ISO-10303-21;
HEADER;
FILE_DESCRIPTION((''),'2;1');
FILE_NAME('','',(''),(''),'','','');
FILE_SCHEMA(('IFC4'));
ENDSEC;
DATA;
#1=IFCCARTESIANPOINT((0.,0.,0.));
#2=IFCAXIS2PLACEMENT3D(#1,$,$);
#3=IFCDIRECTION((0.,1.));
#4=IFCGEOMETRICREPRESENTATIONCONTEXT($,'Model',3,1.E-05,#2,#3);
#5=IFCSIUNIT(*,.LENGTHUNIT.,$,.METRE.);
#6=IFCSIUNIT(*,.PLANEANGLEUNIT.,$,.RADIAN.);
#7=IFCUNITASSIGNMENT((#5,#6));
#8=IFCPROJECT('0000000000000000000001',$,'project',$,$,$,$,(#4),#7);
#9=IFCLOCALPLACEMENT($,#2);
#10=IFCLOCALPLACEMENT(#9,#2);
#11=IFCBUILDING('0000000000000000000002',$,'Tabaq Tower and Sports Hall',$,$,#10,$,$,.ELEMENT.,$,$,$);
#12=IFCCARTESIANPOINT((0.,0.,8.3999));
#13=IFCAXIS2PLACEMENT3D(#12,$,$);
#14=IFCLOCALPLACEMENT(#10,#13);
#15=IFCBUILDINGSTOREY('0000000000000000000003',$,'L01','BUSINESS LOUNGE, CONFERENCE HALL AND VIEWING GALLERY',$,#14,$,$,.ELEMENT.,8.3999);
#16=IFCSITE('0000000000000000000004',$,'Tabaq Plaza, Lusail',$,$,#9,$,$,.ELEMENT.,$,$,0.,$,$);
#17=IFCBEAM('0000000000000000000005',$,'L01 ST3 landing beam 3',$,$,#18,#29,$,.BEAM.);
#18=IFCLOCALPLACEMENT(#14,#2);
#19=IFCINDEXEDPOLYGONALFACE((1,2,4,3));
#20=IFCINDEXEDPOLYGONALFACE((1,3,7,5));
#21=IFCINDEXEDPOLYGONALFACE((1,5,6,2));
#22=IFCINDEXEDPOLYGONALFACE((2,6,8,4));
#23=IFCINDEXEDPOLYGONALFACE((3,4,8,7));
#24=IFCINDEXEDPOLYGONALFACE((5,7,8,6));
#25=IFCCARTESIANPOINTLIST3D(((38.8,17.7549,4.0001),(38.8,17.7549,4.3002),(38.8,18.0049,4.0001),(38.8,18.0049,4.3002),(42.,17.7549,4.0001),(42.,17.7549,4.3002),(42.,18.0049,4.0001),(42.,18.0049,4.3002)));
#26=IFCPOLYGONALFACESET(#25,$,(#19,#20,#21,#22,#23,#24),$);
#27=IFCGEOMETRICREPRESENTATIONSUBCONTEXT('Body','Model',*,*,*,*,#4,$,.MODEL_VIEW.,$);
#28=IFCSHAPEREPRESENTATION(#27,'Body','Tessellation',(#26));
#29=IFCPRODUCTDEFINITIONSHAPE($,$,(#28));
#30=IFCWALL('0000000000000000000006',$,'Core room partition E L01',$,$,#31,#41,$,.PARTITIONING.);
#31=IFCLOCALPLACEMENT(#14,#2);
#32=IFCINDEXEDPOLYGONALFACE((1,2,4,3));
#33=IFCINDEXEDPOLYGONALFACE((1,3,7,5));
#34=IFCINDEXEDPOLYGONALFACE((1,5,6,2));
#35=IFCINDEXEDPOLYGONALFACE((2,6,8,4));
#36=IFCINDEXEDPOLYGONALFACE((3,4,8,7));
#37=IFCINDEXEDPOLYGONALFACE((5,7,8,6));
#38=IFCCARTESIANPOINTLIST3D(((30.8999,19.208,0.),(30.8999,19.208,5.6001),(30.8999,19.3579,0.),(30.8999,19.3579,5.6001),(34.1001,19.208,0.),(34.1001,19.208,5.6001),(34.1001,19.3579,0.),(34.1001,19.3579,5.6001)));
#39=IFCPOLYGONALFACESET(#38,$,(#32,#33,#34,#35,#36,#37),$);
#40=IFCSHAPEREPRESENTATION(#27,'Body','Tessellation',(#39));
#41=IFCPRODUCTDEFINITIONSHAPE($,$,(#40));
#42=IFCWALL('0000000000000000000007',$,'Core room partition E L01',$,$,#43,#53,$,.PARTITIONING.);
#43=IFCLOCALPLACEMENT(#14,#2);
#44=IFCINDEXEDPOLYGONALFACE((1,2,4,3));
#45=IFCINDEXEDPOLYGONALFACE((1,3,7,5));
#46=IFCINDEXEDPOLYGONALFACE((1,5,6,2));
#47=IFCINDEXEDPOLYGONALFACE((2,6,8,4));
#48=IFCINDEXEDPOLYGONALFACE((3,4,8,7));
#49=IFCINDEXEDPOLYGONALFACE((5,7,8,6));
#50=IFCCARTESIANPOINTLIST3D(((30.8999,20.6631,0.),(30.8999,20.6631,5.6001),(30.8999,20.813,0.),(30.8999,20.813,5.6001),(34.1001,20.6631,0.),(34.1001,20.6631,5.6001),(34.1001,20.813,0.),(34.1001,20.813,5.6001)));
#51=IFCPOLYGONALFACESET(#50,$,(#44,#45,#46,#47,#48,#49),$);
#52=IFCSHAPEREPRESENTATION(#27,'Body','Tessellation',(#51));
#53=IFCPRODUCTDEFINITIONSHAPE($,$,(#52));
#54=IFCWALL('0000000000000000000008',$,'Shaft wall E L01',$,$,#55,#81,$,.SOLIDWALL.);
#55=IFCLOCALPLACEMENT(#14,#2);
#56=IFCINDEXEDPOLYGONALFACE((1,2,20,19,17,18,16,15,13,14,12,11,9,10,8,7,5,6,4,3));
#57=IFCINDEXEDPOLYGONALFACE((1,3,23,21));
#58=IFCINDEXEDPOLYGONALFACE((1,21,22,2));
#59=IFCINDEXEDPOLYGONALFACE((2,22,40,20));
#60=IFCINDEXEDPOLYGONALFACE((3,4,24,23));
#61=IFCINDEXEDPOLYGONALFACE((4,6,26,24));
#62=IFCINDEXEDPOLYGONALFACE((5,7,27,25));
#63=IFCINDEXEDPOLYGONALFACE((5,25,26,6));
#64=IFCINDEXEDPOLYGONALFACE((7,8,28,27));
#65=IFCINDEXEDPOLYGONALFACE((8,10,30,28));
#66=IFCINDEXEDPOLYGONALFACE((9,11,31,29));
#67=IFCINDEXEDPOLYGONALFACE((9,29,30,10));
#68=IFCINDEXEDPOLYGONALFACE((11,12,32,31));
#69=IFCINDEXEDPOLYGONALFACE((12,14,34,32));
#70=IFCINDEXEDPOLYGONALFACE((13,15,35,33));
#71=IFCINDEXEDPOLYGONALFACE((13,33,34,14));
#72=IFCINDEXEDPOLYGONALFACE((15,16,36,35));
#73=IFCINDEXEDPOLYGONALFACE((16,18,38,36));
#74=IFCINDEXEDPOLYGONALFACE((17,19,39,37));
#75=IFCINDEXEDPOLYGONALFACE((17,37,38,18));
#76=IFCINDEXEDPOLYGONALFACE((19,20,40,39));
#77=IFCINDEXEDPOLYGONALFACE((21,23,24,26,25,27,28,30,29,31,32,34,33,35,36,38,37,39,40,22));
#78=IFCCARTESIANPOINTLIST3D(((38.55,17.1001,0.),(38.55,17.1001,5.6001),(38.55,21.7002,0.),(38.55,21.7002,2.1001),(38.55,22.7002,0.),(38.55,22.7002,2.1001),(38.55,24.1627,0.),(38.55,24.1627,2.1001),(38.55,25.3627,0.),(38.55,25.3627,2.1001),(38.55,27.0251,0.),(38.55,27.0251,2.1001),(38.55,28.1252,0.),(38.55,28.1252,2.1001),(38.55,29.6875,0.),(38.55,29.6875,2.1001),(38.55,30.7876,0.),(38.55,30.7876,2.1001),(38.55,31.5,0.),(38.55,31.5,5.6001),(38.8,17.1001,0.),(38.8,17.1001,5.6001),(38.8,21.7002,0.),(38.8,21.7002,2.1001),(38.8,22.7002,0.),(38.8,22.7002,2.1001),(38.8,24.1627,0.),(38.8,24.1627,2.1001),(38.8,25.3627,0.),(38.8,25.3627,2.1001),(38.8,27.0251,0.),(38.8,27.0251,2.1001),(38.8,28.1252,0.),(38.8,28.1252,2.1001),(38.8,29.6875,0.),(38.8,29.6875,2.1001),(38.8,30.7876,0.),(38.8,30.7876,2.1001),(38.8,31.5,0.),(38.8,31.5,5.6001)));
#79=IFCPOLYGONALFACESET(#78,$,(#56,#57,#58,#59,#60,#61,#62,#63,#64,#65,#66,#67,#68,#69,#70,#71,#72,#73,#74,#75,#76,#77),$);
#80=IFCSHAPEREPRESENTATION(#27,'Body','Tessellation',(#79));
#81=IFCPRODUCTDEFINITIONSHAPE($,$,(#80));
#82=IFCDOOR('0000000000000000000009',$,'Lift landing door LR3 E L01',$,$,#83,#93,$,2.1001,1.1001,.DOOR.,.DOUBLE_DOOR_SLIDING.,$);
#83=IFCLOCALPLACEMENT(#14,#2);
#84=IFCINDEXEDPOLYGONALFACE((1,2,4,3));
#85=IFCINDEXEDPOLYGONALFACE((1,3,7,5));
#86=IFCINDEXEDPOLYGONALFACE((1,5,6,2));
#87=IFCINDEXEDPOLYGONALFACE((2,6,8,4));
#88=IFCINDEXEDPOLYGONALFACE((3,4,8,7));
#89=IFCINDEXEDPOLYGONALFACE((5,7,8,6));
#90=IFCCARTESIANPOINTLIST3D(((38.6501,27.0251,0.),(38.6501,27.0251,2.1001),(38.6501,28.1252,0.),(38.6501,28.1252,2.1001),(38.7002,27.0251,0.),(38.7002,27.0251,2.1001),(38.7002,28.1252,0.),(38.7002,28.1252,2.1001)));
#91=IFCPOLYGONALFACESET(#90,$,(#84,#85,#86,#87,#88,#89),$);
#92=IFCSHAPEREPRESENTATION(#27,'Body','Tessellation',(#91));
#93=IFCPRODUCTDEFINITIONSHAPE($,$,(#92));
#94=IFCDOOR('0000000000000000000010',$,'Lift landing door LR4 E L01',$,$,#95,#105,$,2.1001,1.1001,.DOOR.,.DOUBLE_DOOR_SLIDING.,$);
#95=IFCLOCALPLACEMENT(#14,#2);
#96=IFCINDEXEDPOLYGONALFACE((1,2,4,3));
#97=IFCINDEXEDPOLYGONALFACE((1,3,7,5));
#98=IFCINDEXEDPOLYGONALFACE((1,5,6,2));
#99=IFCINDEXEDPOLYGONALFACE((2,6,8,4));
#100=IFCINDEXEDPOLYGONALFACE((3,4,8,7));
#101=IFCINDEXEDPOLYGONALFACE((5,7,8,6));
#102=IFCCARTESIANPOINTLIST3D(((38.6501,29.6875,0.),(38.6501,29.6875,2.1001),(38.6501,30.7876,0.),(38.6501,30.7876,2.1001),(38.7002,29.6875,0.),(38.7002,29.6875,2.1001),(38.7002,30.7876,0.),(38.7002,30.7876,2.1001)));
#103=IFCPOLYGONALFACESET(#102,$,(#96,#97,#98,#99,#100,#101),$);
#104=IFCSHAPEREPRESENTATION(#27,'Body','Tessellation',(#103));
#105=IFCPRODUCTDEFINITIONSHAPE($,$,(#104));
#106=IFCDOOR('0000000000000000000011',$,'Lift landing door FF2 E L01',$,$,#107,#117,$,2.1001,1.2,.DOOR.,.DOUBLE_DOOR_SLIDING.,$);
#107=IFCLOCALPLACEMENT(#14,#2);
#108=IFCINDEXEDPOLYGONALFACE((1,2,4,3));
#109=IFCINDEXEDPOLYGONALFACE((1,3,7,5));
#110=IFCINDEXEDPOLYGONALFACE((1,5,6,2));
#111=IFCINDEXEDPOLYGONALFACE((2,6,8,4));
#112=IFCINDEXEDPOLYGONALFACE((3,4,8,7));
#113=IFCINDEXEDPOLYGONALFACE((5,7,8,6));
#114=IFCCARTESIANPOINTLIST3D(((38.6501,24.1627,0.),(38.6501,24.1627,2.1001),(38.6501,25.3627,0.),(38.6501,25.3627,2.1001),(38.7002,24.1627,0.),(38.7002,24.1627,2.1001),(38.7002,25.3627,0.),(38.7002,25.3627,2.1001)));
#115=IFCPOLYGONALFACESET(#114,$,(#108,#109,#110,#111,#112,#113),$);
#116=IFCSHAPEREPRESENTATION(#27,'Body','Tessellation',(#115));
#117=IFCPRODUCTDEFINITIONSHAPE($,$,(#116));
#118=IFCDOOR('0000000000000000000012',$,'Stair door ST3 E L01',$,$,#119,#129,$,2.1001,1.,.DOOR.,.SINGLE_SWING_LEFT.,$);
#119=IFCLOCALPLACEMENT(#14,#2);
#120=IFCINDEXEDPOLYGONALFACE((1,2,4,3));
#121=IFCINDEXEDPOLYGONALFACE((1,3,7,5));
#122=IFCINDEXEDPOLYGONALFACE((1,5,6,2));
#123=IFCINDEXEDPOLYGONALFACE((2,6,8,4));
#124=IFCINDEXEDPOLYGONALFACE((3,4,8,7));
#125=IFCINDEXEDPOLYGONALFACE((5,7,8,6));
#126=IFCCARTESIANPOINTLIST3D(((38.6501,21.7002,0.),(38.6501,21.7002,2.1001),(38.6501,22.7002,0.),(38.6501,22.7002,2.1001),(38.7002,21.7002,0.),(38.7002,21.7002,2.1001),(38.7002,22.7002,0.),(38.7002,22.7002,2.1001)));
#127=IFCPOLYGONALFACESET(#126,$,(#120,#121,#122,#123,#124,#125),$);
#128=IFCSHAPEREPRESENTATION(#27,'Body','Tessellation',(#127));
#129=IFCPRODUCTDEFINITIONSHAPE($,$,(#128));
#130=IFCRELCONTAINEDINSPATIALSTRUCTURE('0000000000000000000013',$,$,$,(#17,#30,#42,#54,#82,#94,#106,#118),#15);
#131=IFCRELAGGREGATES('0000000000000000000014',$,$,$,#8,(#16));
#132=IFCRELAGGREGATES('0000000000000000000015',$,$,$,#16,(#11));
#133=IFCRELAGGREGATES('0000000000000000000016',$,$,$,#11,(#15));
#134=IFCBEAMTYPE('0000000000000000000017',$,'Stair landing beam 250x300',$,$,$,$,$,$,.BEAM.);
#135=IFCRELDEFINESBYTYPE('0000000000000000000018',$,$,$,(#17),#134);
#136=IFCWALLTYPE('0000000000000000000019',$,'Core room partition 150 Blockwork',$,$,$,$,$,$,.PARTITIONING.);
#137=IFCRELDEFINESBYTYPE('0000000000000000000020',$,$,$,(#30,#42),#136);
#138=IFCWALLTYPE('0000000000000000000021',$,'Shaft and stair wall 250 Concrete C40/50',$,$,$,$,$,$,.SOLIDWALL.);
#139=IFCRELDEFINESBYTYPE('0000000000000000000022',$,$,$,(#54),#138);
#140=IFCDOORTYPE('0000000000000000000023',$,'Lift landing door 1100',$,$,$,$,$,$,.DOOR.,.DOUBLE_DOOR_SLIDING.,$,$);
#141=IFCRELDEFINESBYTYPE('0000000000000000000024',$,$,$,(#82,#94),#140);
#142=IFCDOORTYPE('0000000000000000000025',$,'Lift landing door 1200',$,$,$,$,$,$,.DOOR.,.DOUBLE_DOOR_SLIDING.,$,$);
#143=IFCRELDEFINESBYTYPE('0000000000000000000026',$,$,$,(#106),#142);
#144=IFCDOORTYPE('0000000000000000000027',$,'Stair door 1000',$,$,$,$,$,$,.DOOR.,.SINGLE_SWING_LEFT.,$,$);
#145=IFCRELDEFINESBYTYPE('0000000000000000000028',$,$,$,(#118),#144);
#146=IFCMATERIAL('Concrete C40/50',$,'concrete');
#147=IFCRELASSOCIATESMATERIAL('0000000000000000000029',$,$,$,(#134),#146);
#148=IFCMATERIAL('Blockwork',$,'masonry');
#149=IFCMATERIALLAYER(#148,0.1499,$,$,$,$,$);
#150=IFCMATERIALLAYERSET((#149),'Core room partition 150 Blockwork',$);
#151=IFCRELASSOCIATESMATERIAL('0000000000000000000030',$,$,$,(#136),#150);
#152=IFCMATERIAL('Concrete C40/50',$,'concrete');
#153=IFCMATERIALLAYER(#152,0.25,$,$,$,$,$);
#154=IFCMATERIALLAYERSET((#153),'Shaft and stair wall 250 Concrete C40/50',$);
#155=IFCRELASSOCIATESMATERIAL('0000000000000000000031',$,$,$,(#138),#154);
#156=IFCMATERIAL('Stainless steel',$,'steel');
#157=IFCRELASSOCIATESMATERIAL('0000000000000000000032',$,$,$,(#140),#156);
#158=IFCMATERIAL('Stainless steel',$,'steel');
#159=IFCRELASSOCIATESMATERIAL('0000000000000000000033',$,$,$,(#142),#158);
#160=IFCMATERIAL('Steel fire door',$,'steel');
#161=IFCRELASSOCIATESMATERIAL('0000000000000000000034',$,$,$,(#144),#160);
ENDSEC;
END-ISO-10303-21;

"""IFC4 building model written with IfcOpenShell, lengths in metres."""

from ifc_helpers import new_model, si_unit, direction, frame, frame_2d, origin, origin_2d, place, context, subcontext, project, spatial, rectangle, extrude, material, layer, layer_set, material_profile, profile_set, type_object, element, fill, save


model = new_model("IFC4")

# Units and contexts
model_context = context("Model", 3, precision=1e-05, world=origin(), true_north=direction((0.0, 1.0)))
body_context = subcontext(model_context, "Body", "Model", "MODEL_VIEW")
ifc_project = project(units=[si_unit("LENGTHUNIT", "METRE"), si_unit("PLANEANGLEUNIT", "RADIAN")], contexts=[model_context])

# Site, building, storey
site_placement = place(None, origin())
site = spatial("IfcSite", under=ifc_project, at=site_placement, Name="Tabaq Plaza, Lusail", CompositionType="ELEMENT", RefElevation=0.0)
building_placement = place(site_placement, origin())
building = spatial("IfcBuilding", under=site, at=building_placement, Name="Tabaq Tower and Sports Hall", CompositionType="ELEMENT")
storey_placement = place(building_placement, frame((0.0, 0.0, 8.3999)))
storey = spatial("IfcBuildingStorey", under=building, at=storey_placement, Name="L01", Description="BUSINESS LOUNGE, CONFERENCE HALL AND VIEWING GALLERY", CompositionType="ELEMENT", Elevation=8.3999)

# Beam
ifc_material_1 = material(Name="Concrete C40/50", Category="concrete")
ifc_material_profile = material_profile(ifc_material_1, rectangle(XDim=0.25, YDim=0.3, at=origin_2d()), Name="RC 250x300")
ifc_profile_set = profile_set([ifc_material_profile], Name="Concrete C40/50")
beam_type = type_object("IfcBeamType", Name="Stair landing beam 250x300", PredefinedType="BEAM", material=ifc_profile_set)
beam_placement = place(storey_placement, frame((38.8, 17.8799, 4.1501), z_axis=(1.0, 0.0, 0.0), x_axis=(0.0, 1.0, 0.0)))
element("IfcBeam", 1, at=beam_placement, inside=storey, type_object=beam_type, Name="L01 ST3 landing beam 3", PredefinedType="BEAM", context=body_context, shape_type="SweptSolid", body=[
    extrude(rectangle(XDim=0.25, YDim=0.3, at=origin_2d()), origin(), (0.0, 0.0, 1.0), 3.2),
])

# Walls
ifc_material_2 = material(Name="Blockwork", Category="masonry")
ifc_layer_1 = layer(ifc_material_2, 0.1499)
ifc_layer_set_1 = layer_set([ifc_layer_1], Name="Core room partition 150 Blockwork")
wall_type_1 = type_object("IfcWallType", Name="Core room partition 150 Blockwork", PredefinedType="PARTITIONING", material=ifc_layer_set_1)
for number, where, z_axis, x_axis, name in (
    (2, (30.8999, 19.283, 0.0), (0.0, 0.0, 1.0), (1.0, 0.0, 0.0), "Core room partition E L01"),
    (3, (30.8999, 20.738, 0.0), (0.0, 0.0, 1.0), (1.0, 0.0, 0.0), "Core room partition E L01"),
):
    element("IfcWall", number, at=place(storey_placement, frame(where, z_axis=z_axis, x_axis=x_axis)), inside=storey, type_object=wall_type_1, Name=name, PredefinedType="PARTITIONING", context=body_context, shape_type="SweptSolid", body=[
        extrude(rectangle(XDim=3.2002, YDim=0.1499, at=frame_2d((1.6001, 0.0))), origin(), (0.0, 0.0, 1.0), 5.6001),
    ])

# Wall, openings, doors
ifc_material_3 = material(Name="Concrete C40/50", Category="concrete")
ifc_layer_2 = layer(ifc_material_3, 0.25)
ifc_layer_set_2 = layer_set([ifc_layer_2], Name="Shaft and stair wall 250 Concrete C40/50")
wall_type_2 = type_object("IfcWallType", Name="Shaft and stair wall 250 Concrete C40/50", PredefinedType="SOLIDWALL", material=ifc_layer_set_2)
wall_1_placement = place(storey_placement, frame((38.675, 17.1001, 0.0), z_axis=(0.0, 0.0, 1.0), x_axis=(0.0, 1.0, 0.0)))
wall_1 = element("IfcWall", 4, at=wall_1_placement, inside=storey, type_object=wall_type_2, Name="Shaft wall E L01", PredefinedType="SOLIDWALL", context=body_context, shape_type="SweptSolid", body=[
    extrude(rectangle(XDim=14.3999, YDim=0.25, at=frame_2d((7.2, 0.0))), origin(), (0.0, 0.0, 1.0), 5.6001),
])
opening_1_placement = place(wall_1_placement, frame((4.6001, 0.0, 0.0)))
opening_1 = element("IfcOpeningElement", 5, at=opening_1_placement, cuts=wall_1, PredefinedType="OPENING", context=body_context, shape_type="SweptSolid", body=[
    extrude(rectangle(XDim=1.0, YDim=2.1001, at=frame_2d((0.5, 1.05))), frame((0.0, 0.125, 0.0), z_axis=(0.0, -1.0, 0.0), x_axis=(1.0, 0.0, 0.0)), (0.0, 0.0, 1.0), 0.25),
])
opening_2_placement = place(wall_1_placement, frame((7.0625, 0.0, 0.0)))
opening_2 = element("IfcOpeningElement", 6, at=opening_2_placement, cuts=wall_1, PredefinedType="OPENING", context=body_context, shape_type="SweptSolid", body=[
    extrude(rectangle(XDim=1.2, YDim=2.1001, at=frame_2d((0.6001, 1.05))), frame((0.0, 0.125, 0.0), z_axis=(0.0, -1.0, 0.0), x_axis=(1.0, 0.0, 0.0)), (0.0, 0.0, 1.0), 0.25),
])
opening_3_placement = place(wall_1_placement, frame((9.925, 0.0, 0.0)))
opening_3 = element("IfcOpeningElement", 7, at=opening_3_placement, cuts=wall_1, PredefinedType="OPENING", context=body_context, shape_type="SweptSolid", body=[
    extrude(rectangle(XDim=1.1001, YDim=2.1001, at=frame_2d((0.55, 1.05))), frame((0.0, 0.125, 0.0), z_axis=(0.0, -1.0, 0.0), x_axis=(1.0, 0.0, 0.0)), (0.0, 0.0, 1.0), 0.25),
])
opening_4_placement = place(wall_1_placement, frame((12.5874, 0.0, 0.0)))
opening_4 = element("IfcOpeningElement", 8, at=opening_4_placement, cuts=wall_1, PredefinedType="OPENING", context=body_context, shape_type="SweptSolid", body=[
    extrude(rectangle(XDim=1.1001, YDim=2.1001, at=frame_2d((0.55, 1.05))), frame((0.0, 0.125, 0.0), z_axis=(0.0, -1.0, 0.0), x_axis=(1.0, 0.0, 0.0)), (0.0, 0.0, 1.0), 0.25),
])
ifc_material_4 = material(Name="Stainless steel", Category="steel")
door_type_1 = type_object("IfcDoorType", Name="Lift landing door 1100", OperationType="DOUBLE_DOOR_SLIDING", PredefinedType="DOOR", material=ifc_material_4)
door_1_placement = place(opening_3_placement, origin())
door_1 = element("IfcDoor", 9, at=door_1_placement, inside=storey, type_object=door_type_1, Name="Lift landing door LR3 E L01", OperationType="DOUBLE_DOOR_SLIDING", OverallHeight=2.1001, OverallWidth=1.1001, PredefinedType="DOOR", context=body_context, shape_type="SweptSolid", body=[
    extrude(rectangle(XDim=1.1001, YDim=2.1001, at=frame_2d((0.55, 1.05))), frame((0.0, 0.0249, 0.0), z_axis=(0.0, -1.0, 0.0), x_axis=(1.0, 0.0, 0.0)), (0.0, 0.0, 1.0), 0.05),
])
fill(opening_3, door_1)
door_2_placement = place(opening_4_placement, origin())
door_2 = element("IfcDoor", 10, at=door_2_placement, inside=storey, type_object=door_type_1, Name="Lift landing door LR4 E L01", OperationType="DOUBLE_DOOR_SLIDING", OverallHeight=2.1001, OverallWidth=1.1001, PredefinedType="DOOR", context=body_context, shape_type="SweptSolid", body=[
    extrude(rectangle(XDim=1.1001, YDim=2.1001, at=frame_2d((0.55, 1.05))), frame((0.0, 0.0249, 0.0), z_axis=(0.0, -1.0, 0.0), x_axis=(1.0, 0.0, 0.0)), (0.0, 0.0, 1.0), 0.05),
])
fill(opening_4, door_2)
ifc_material_5 = material(Name="Stainless steel", Category="steel")
door_type_2 = type_object("IfcDoorType", Name="Lift landing door 1200", OperationType="DOUBLE_DOOR_SLIDING", PredefinedType="DOOR", material=ifc_material_5)
door_3_placement = place(opening_2_placement, origin())
door_3 = element("IfcDoor", 11, at=door_3_placement, inside=storey, type_object=door_type_2, Name="Lift landing door FF2 E L01", OperationType="DOUBLE_DOOR_SLIDING", OverallHeight=2.1001, OverallWidth=1.2, PredefinedType="DOOR", context=body_context, shape_type="SweptSolid", body=[
    extrude(rectangle(XDim=1.2, YDim=2.1001, at=frame_2d((0.6001, 1.05))), frame((0.0, 0.0249, 0.0), z_axis=(0.0, -1.0, 0.0), x_axis=(1.0, 0.0, 0.0)), (0.0, 0.0, 1.0), 0.05),
])
fill(opening_2, door_3)
ifc_material_6 = material(Name="Steel fire door", Category="steel")
door_type_3 = type_object("IfcDoorType", Name="Stair door 1000", OperationType="SINGLE_SWING_LEFT", PredefinedType="DOOR", material=ifc_material_6)
door_4_placement = place(opening_1_placement, origin())
door_4 = element("IfcDoor", 12, at=door_4_placement, inside=storey, type_object=door_type_3, Name="Stair door ST3 E L01", OperationType="SINGLE_SWING_LEFT", OverallHeight=2.1001, OverallWidth=1.0, PredefinedType="DOOR", context=body_context, shape_type="SweptSolid", body=[
    extrude(rectangle(XDim=1.0, YDim=2.1001, at=frame_2d((0.5, 1.05))), frame((0.0, 0.0249, 0.0), z_axis=(0.0, -1.0, 0.0), x_axis=(1.0, 0.0, 0.0)), (0.0, 0.0, 1.0), 0.05),
])
fill(opening_1, door_4)

save(model, "model.ifc")
